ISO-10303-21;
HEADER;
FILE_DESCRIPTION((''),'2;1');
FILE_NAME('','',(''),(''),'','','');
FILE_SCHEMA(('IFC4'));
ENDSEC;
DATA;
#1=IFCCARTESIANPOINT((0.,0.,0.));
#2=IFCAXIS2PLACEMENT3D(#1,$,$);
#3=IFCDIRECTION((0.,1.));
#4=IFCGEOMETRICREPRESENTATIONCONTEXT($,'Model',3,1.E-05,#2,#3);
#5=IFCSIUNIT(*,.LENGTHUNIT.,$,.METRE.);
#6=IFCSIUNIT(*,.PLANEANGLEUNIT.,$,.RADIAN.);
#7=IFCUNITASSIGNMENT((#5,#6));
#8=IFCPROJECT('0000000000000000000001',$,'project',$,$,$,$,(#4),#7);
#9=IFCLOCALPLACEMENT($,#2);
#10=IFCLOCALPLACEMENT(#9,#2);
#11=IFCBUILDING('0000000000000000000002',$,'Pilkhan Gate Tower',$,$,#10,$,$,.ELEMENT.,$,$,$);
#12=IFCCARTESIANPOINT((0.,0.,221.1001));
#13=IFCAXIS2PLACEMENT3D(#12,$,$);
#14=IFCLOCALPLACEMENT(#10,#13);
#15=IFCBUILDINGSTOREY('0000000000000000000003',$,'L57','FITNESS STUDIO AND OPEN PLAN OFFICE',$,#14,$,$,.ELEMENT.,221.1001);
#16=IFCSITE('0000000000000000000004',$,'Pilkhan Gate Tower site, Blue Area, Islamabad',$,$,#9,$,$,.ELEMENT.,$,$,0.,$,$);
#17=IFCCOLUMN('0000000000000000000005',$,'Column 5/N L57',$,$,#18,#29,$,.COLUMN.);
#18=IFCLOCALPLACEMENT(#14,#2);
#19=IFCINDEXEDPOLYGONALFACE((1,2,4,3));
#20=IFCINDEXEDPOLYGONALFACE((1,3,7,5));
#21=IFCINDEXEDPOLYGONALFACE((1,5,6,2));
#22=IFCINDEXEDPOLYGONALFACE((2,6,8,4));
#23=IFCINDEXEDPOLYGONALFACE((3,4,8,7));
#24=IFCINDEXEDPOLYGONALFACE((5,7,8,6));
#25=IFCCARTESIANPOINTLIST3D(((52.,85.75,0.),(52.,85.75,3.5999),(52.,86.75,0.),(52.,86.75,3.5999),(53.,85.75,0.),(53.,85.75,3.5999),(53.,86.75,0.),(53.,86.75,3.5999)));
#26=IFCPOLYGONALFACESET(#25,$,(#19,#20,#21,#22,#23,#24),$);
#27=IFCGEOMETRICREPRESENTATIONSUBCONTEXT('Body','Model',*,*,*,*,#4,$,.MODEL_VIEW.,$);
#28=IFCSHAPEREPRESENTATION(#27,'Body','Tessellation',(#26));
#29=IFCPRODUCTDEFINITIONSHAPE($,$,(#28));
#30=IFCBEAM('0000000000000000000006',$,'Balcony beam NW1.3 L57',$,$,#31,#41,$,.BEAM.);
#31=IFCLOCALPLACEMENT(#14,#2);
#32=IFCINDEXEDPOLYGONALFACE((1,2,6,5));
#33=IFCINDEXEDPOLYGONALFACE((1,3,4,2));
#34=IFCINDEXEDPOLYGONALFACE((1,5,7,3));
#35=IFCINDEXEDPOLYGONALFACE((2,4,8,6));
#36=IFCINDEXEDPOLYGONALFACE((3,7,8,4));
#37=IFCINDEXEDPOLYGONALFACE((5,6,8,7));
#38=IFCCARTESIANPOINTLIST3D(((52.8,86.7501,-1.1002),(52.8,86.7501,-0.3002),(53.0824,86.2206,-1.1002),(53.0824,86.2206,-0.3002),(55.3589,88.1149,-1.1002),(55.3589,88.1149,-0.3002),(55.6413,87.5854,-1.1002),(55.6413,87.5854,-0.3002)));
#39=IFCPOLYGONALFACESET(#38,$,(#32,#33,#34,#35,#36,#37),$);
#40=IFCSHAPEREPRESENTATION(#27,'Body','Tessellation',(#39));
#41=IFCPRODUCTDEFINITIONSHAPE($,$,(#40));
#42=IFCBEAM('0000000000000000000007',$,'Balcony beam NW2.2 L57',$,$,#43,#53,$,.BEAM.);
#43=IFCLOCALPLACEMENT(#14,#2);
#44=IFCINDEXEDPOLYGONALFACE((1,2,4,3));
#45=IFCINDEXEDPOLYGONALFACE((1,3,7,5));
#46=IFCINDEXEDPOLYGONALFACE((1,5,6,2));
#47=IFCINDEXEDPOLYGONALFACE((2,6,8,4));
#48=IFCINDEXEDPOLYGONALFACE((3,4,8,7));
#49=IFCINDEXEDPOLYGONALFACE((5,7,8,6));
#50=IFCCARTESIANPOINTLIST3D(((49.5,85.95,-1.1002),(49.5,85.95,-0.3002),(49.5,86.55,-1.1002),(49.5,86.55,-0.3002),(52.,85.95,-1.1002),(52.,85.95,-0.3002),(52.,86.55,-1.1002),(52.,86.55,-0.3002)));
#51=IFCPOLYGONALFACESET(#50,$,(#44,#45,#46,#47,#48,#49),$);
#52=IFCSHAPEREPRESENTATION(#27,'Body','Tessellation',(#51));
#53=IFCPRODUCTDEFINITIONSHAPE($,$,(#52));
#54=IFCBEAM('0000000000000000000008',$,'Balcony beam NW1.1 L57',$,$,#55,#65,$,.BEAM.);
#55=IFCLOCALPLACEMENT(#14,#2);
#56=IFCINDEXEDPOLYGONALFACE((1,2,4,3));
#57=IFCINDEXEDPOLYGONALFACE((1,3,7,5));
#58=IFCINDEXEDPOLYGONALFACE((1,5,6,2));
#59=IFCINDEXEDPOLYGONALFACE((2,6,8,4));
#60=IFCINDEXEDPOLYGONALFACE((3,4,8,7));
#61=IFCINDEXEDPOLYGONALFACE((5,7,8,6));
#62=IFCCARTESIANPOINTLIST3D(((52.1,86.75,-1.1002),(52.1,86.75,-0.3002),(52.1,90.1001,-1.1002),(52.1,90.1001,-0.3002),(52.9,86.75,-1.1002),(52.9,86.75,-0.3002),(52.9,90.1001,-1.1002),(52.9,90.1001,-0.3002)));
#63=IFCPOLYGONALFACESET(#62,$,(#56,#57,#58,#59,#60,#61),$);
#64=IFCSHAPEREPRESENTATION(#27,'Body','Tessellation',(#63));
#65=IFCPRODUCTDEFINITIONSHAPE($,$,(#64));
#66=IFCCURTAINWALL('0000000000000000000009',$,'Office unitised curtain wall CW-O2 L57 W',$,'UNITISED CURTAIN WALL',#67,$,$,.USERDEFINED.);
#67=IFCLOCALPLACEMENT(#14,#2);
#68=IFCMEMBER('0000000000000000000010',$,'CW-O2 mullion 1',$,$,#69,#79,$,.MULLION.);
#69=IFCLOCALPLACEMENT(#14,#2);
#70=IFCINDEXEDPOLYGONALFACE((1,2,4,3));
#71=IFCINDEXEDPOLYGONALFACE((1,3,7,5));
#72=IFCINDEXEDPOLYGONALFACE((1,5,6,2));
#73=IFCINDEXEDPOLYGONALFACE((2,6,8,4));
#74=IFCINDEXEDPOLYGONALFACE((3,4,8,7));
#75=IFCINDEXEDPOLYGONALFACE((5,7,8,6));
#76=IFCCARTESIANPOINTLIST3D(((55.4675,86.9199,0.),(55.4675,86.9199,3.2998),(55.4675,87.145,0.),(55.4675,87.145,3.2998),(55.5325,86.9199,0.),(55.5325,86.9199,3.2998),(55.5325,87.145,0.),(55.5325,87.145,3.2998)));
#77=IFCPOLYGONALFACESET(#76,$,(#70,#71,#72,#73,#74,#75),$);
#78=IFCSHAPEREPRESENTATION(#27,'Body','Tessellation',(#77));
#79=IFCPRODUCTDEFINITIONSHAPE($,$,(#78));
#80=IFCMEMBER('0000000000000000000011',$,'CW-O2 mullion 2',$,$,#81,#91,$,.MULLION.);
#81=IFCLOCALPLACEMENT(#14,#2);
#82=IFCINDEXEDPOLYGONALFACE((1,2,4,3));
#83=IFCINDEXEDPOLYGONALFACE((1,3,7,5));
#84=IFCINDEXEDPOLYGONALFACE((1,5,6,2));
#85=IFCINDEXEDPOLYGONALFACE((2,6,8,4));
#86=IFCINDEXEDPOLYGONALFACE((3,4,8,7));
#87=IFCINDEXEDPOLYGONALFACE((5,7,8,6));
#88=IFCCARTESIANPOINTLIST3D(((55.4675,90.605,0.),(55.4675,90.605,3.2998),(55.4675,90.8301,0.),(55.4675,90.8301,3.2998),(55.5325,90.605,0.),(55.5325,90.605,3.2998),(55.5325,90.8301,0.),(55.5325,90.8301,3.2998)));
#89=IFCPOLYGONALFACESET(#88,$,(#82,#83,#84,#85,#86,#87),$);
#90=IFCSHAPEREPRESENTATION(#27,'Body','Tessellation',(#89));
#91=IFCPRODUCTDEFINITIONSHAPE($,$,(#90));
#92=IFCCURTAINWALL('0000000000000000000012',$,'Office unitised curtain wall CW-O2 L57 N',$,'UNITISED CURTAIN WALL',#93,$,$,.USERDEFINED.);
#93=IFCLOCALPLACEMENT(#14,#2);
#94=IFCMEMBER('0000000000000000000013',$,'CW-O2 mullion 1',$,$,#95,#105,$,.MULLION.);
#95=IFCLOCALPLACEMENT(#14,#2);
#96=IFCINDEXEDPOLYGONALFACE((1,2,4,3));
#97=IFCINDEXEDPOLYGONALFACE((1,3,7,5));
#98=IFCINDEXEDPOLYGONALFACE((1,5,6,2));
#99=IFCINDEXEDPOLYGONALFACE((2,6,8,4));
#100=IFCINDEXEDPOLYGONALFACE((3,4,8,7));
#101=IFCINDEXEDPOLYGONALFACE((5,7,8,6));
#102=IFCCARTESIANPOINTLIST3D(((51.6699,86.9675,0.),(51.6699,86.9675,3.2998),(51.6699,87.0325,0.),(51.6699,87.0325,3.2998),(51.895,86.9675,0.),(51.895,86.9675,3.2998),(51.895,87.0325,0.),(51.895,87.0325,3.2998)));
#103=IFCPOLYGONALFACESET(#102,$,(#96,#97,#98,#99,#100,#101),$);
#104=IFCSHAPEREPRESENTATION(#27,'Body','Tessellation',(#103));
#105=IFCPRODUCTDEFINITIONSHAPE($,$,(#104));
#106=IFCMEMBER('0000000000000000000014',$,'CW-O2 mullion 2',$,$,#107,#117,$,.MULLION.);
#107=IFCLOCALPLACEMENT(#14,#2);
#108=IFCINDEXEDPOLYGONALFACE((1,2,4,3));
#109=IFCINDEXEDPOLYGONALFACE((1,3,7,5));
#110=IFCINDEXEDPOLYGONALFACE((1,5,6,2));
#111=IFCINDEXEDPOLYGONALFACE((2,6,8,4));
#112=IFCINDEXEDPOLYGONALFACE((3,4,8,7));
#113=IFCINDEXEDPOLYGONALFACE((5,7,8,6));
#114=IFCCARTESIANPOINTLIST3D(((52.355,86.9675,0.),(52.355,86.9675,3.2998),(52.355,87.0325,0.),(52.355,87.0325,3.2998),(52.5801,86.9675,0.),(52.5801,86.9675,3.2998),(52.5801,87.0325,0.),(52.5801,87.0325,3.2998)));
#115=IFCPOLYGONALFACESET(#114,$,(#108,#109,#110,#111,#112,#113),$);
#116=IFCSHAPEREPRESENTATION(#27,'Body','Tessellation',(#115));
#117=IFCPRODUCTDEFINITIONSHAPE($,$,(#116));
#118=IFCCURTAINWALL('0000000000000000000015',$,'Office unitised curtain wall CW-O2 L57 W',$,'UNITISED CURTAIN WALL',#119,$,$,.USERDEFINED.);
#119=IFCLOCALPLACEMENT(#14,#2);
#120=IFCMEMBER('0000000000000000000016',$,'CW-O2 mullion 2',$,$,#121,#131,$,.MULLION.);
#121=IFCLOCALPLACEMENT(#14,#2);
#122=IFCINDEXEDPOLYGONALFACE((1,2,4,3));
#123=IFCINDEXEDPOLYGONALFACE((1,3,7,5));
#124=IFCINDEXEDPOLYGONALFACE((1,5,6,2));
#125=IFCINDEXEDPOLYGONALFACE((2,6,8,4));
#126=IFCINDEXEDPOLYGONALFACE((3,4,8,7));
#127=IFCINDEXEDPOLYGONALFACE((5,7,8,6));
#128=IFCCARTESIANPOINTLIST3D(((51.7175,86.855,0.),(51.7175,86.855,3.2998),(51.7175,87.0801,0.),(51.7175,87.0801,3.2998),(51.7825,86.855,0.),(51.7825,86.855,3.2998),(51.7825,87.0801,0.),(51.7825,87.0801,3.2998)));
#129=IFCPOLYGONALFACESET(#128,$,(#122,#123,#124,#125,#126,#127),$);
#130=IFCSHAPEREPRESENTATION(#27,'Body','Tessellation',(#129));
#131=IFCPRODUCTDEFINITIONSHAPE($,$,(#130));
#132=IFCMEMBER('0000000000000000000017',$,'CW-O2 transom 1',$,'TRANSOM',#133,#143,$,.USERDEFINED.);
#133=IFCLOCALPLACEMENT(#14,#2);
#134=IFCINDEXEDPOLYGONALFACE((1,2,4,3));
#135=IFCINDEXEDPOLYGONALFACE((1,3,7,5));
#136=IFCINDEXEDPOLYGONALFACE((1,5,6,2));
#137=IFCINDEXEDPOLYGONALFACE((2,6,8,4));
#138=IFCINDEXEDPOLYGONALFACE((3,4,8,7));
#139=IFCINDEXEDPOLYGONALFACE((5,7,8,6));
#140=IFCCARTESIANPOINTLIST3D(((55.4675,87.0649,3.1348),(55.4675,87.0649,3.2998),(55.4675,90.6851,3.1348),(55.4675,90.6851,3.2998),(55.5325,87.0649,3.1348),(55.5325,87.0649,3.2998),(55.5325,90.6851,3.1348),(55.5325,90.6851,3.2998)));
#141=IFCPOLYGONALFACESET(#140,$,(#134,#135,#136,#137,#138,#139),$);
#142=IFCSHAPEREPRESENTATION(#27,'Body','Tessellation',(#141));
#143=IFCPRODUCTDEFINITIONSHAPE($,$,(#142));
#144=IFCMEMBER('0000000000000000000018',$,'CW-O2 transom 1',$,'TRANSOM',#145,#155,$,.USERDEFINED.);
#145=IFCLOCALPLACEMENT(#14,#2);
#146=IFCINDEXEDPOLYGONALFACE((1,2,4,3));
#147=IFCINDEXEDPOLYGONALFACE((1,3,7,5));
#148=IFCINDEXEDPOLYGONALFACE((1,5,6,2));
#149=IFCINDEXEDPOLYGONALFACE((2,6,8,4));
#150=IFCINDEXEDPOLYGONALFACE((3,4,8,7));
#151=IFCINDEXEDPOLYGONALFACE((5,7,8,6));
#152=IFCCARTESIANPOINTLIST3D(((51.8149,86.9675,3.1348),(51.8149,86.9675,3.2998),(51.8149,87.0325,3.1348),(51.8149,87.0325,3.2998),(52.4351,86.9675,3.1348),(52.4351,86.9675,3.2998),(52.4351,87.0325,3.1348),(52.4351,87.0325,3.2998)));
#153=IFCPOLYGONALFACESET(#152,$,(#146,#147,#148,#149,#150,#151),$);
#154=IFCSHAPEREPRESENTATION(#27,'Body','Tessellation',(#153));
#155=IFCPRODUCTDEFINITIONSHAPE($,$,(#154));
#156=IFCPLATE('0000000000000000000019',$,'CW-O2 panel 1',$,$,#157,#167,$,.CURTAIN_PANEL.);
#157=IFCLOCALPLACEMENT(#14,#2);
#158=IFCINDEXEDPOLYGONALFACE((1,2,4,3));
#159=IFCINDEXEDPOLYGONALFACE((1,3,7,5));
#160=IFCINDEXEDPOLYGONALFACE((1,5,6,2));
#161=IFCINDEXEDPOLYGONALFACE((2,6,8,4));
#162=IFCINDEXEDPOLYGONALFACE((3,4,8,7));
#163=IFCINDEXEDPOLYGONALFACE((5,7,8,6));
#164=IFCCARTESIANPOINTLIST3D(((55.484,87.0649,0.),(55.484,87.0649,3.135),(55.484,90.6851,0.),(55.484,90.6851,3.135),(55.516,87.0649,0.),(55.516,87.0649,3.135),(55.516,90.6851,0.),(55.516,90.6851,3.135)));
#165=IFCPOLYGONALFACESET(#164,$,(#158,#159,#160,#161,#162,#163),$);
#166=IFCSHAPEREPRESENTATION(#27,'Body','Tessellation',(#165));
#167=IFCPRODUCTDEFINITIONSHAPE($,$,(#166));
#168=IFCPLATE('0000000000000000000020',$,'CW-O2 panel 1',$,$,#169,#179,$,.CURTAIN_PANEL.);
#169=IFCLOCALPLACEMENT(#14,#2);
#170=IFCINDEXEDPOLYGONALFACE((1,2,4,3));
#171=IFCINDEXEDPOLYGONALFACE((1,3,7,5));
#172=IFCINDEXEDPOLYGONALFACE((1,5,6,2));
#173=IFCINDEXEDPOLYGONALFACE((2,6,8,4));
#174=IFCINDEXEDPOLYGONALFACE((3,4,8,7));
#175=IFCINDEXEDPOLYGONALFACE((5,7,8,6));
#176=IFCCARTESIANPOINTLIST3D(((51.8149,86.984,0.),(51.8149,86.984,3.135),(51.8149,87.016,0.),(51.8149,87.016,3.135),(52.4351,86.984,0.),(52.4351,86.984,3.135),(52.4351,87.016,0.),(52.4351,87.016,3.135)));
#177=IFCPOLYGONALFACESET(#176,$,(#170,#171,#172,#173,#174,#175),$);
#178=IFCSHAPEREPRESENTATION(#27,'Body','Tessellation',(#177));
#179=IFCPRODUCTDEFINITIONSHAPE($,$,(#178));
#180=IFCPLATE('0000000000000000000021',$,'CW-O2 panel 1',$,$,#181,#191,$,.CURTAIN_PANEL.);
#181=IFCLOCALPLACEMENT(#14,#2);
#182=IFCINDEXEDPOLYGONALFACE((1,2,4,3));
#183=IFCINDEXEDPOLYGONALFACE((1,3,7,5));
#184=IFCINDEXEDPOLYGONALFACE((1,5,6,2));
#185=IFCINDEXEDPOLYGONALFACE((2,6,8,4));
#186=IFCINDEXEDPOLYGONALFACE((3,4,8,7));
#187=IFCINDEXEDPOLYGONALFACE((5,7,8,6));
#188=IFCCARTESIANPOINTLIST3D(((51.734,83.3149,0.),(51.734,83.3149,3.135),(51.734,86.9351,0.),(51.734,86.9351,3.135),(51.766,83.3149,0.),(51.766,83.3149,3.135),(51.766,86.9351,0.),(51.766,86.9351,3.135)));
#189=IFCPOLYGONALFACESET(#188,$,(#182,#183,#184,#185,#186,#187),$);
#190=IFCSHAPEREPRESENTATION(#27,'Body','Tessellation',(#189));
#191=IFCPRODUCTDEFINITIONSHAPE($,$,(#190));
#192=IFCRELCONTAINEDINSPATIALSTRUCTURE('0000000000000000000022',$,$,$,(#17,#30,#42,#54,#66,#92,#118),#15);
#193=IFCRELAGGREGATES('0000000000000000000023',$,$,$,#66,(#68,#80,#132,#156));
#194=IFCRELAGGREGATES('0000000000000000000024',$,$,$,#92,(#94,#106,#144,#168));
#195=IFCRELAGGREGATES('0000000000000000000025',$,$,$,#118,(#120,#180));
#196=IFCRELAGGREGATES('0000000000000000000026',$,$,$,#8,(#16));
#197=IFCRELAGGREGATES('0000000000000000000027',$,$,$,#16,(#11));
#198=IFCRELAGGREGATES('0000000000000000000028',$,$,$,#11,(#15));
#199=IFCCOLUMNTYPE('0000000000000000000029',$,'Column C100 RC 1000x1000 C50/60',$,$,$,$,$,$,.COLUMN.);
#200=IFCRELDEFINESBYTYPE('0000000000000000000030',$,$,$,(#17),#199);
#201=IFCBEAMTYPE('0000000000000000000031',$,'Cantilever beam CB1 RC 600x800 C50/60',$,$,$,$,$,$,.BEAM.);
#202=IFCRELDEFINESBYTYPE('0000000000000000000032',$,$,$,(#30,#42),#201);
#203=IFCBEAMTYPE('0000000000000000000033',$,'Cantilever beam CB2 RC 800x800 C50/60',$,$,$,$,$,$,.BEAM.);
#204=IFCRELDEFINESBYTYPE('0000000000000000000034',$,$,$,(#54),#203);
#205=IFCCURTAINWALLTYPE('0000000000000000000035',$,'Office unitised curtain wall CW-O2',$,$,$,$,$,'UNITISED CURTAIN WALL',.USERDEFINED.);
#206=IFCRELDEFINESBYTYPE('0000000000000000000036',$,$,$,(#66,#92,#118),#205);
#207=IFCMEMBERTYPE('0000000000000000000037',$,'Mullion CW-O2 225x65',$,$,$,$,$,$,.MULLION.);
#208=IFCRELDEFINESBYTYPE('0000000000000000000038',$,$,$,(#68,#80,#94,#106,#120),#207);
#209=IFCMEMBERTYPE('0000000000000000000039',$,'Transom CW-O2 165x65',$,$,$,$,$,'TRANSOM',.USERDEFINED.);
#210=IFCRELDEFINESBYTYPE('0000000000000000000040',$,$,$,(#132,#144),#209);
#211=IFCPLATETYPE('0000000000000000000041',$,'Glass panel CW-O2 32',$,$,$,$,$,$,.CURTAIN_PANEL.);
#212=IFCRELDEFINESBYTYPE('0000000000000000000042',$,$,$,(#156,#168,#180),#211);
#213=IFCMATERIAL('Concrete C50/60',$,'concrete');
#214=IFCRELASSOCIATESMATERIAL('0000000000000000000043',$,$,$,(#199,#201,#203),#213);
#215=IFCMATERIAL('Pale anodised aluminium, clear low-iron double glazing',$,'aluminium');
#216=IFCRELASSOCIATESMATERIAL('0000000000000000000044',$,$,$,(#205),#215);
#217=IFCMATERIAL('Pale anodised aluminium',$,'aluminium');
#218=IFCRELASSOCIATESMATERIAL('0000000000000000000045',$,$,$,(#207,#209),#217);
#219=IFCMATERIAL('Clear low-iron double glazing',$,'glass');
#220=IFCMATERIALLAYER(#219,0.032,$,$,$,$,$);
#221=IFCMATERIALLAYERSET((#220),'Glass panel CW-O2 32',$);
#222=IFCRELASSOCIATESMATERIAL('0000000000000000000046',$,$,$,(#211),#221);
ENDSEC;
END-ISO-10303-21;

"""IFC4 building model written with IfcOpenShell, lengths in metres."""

from ifc_helpers import new_model, si_unit, direction, frame, origin, origin_2d, place, context, subcontext, project, spatial, rectangle, extrude, material, layer, layer_set, material_profile, profile_set, type_object, element, aggregate, save


model = new_model("IFC4")

# Units and contexts
model_context = context("Model", 3, precision=1e-05, world=origin(), true_north=direction((0.0, 1.0)))
body_context = subcontext(model_context, "Body", "Model", "MODEL_VIEW")
ifc_project = project(units=[si_unit("LENGTHUNIT", "METRE"), si_unit("PLANEANGLEUNIT", "RADIAN")], contexts=[model_context])

# Site, building, storey
site_placement = place(None, origin())
site = spatial("IfcSite", under=ifc_project, at=site_placement, Name="Pilkhan Gate Tower site, Blue Area, Islamabad", CompositionType="ELEMENT", RefElevation=0.0)
building_placement = place(site_placement, origin())
building = spatial("IfcBuilding", under=site, at=building_placement, Name="Pilkhan Gate Tower", CompositionType="ELEMENT")
storey_placement = place(building_placement, frame((0.0, 0.0, 221.1001)))
storey = spatial("IfcBuildingStorey", under=building, at=storey_placement, Name="L57", Description="FITNESS STUDIO AND OPEN PLAN OFFICE", CompositionType="ELEMENT", Elevation=221.1001)

# Column
ifc_material_1 = material(Name="Concrete C50/60", Category="concrete")
ifc_material_profile_1 = material_profile(ifc_material_1, rectangle(XDim=1.0, YDim=1.0, at=origin_2d()), Name="RC 1000x1000")
ifc_profile_set_1 = profile_set([ifc_material_profile_1], Name="Concrete C50/60")
column_type = type_object("IfcColumnType", Name="Column C100 RC 1000x1000 C50/60", PredefinedType="COLUMN", material=ifc_profile_set_1)
column_placement = place(storey_placement, frame((52.5, 86.25, 0.0), z_axis=(0.0, 0.0, 1.0), x_axis=(1.0, 0.0, 0.0)))
element("IfcColumn", 1, at=column_placement, inside=storey, type_object=column_type, Name="Column 5/N L57", PredefinedType="COLUMN", context=body_context, shape_type="SweptSolid", body=[
    extrude(rectangle(XDim=1.0, YDim=1.0, at=origin_2d()), origin(), (0.0, 0.0, 1.0), 3.5999),
])

# Beams
ifc_material_profile_2 = material_profile(ifc_material_1, rectangle(XDim=0.6001, YDim=0.8, at=origin_2d()), Name="RC 600x800")
ifc_profile_set_2 = profile_set([ifc_material_profile_2], Name="Concrete C50/60")
beam_type_1 = type_object("IfcBeamType", Name="Cantilever beam CB1 RC 600x800 C50/60", PredefinedType="BEAM", material=ifc_profile_set_2)
beam_1_placement = place(storey_placement, frame((52.9412, 86.4854, -0.7002), z_axis=(0.882348, 0.470597, 0.0), x_axis=(-0.470597, 0.882348, 0.0)))
element("IfcBeam", 2, at=beam_1_placement, inside=storey, type_object=beam_type_1, Name="Balcony beam NW1.3 L57", PredefinedType="BEAM", context=body_context, shape_type="SweptSolid", body=[
    extrude(rectangle(XDim=0.6001, YDim=0.8, at=origin_2d()), origin(), (0.0, 0.0, 1.0), 2.9001),
])
beam_2_placement = place(storey_placement, frame((52.0, 86.25, -0.7002), z_axis=(-1.0, 0.0, 0.0), x_axis=(0.0, -1.0, 0.0)))
element("IfcBeam", 3, at=beam_2_placement, inside=storey, type_object=beam_type_1, Name="Balcony beam NW2.2 L57", PredefinedType="BEAM", context=body_context, shape_type="SweptSolid", body=[
    extrude(rectangle(XDim=0.6001, YDim=0.8, at=origin_2d()), origin(), (0.0, 0.0, 1.0), 2.5),
])
ifc_material_profile_3 = material_profile(ifc_material_1, rectangle(XDim=0.8, YDim=0.8, at=origin_2d()), Name="RC 800x800")
ifc_profile_set_3 = profile_set([ifc_material_profile_3], Name="Concrete C50/60")
beam_type_2 = type_object("IfcBeamType", Name="Cantilever beam CB2 RC 800x800 C50/60", PredefinedType="BEAM", material=ifc_profile_set_3)
beam_3_placement = place(storey_placement, frame((52.5, 86.75, -0.7002), z_axis=(0.0, 1.0, 0.0), x_axis=(-1.0, 0.0, 0.0)))
element("IfcBeam", 4, at=beam_3_placement, inside=storey, type_object=beam_type_2, Name="Balcony beam NW1.1 L57", PredefinedType="BEAM", context=body_context, shape_type="SweptSolid", body=[
    extrude(rectangle(XDim=0.8, YDim=0.8, at=origin_2d()), origin(), (0.0, 0.0, 1.0), 3.3501),
])

# Curtain walls, members
ifc_material_2 = material(Name="Pale anodised aluminium, clear low-iron double glazing", Category="aluminium")
curtain_wall_type = type_object("IfcCurtainWallType", Name="Office unitised curtain wall CW-O2", ElementType="UNITISED CURTAIN WALL", PredefinedType="USERDEFINED", material=ifc_material_2)
curtain_wall_1_placement = place(storey_placement, origin())
curtain_wall_1 = element("IfcCurtainWall", 5, at=curtain_wall_1_placement, inside=storey, type_object=curtain_wall_type, Name="Office unitised curtain wall CW-O2 L57 W", ObjectType="UNITISED CURTAIN WALL", PredefinedType="USERDEFINED")
ifc_material_3 = material(Name="Pale anodised aluminium", Category="aluminium")
ifc_material_profile_4 = material_profile(ifc_material_3, rectangle(XDim=0.0649, YDim=0.2251, at=origin_2d()), Name="Mullion 225x65")
ifc_profile_set_4 = profile_set([ifc_material_profile_4], Name="Pale anodised aluminium")
member_type_1 = type_object("IfcMemberType", Name="Mullion CW-O2 225x65", PredefinedType="MULLION", material=ifc_profile_set_4)
member_1_placement = place(storey_placement, frame((55.5, 87.0325, 0.0), z_axis=(0.0, 0.0, 1.0), x_axis=(-1.0, 0.0, 0.0)))
member_1 = element("IfcMember", 6, at=member_1_placement, type_object=member_type_1, Name="CW-O2 mullion 1", PredefinedType="MULLION", context=body_context, shape_type="SweptSolid", body=[
    extrude(rectangle(XDim=0.0649, YDim=0.2251, at=origin_2d()), origin(), (0.0, 0.0, 1.0), 3.2998),
])
member_2_placement = place(storey_placement, frame((55.5, 90.7175, 0.0), z_axis=(0.0, 0.0, 1.0), x_axis=(-1.0, 0.0, 0.0)))
member_2 = element("IfcMember", 7, at=member_2_placement, type_object=member_type_1, Name="CW-O2 mullion 2", PredefinedType="MULLION", context=body_context, shape_type="SweptSolid", body=[
    extrude(rectangle(XDim=0.0649, YDim=0.2251, at=origin_2d()), origin(), (0.0, 0.0, 1.0), 3.2998),
])
curtain_wall_2_placement = place(storey_placement, origin())
curtain_wall_2 = element("IfcCurtainWall", 8, at=curtain_wall_2_placement, inside=storey, type_object=curtain_wall_type, Name="Office unitised curtain wall CW-O2 L57 N", ObjectType="UNITISED CURTAIN WALL", PredefinedType="USERDEFINED")
member_3_placement = place(storey_placement, frame((51.7825, 87.0, 0.0), z_axis=(0.0, 0.0, 1.0), x_axis=(0.0, 1.0, 0.0)))
member_3 = element("IfcMember", 9, at=member_3_placement, type_object=member_type_1, Name="CW-O2 mullion 1", PredefinedType="MULLION", context=body_context, shape_type="SweptSolid", body=[
    extrude(rectangle(XDim=0.0649, YDim=0.2251, at=origin_2d()), origin(), (0.0, 0.0, 1.0), 3.2998),
])
member_4_placement = place(storey_placement, frame((52.4675, 87.0, 0.0), z_axis=(0.0, 0.0, 1.0), x_axis=(0.0, 1.0, 0.0)))
member_4 = element("IfcMember", 10, at=member_4_placement, type_object=member_type_1, Name="CW-O2 mullion 2", PredefinedType="MULLION", context=body_context, shape_type="SweptSolid", body=[
    extrude(rectangle(XDim=0.0649, YDim=0.2251, at=origin_2d()), origin(), (0.0, 0.0, 1.0), 3.2998),
])

# Curtain wall, member
curtain_wall_3_placement = place(storey_placement, origin())
curtain_wall_3 = element("IfcCurtainWall", 11, at=curtain_wall_3_placement, inside=storey, type_object=curtain_wall_type, Name="Office unitised curtain wall CW-O2 L57 W", ObjectType="UNITISED CURTAIN WALL", PredefinedType="USERDEFINED")
member_5_placement = place(storey_placement, frame((51.75, 86.9675, 0.0), z_axis=(0.0, 0.0, 1.0), x_axis=(-1.0, 0.0, 0.0)))
member_5 = element("IfcMember", 12, at=member_5_placement, type_object=member_type_1, Name="CW-O2 mullion 2", PredefinedType="MULLION", context=body_context, shape_type="SweptSolid", body=[
    extrude(rectangle(XDim=0.0649, YDim=0.2251, at=origin_2d()), origin(), (0.0, 0.0, 1.0), 3.2998),
])

# Members
ifc_material_profile_5 = material_profile(ifc_material_3, rectangle(XDim=0.0649, YDim=0.165, at=origin_2d()), Name="Transom 165x65")
ifc_profile_set_5 = profile_set([ifc_material_profile_5], Name="Pale anodised aluminium")
member_type_2 = type_object("IfcMemberType", Name="Transom CW-O2 165x65", ElementType="TRANSOM", PredefinedType="USERDEFINED", material=ifc_profile_set_5)
member_6_placement = place(storey_placement, frame((55.5, 87.0649, 3.2173), z_axis=(0.0, 1.0, 0.0), x_axis=(-1.0, 0.0, 0.0)))
member_6 = element("IfcMember", 13, at=member_6_placement, type_object=member_type_2, Name="CW-O2 transom 1", ObjectType="TRANSOM", PredefinedType="USERDEFINED", context=body_context, shape_type="SweptSolid", body=[
    extrude(rectangle(XDim=0.0649, YDim=0.165, at=origin_2d()), origin(), (0.0, 0.0, 1.0), 3.6201),
])
member_7_placement = place(storey_placement, frame((51.8149, 87.0, 3.2173), z_axis=(1.0, 0.0, 0.0), x_axis=(0.0, 1.0, 0.0)))
member_7 = element("IfcMember", 14, at=member_7_placement, type_object=member_type_2, Name="CW-O2 transom 1", ObjectType="TRANSOM", PredefinedType="USERDEFINED", context=body_context, shape_type="SweptSolid", body=[
    extrude(rectangle(XDim=0.0649, YDim=0.165, at=origin_2d()), origin(), (0.0, 0.0, 1.0), 0.6201),
])

# Plates
ifc_material_4 = material(Name="Clear low-iron double glazing", Category="glass")
ifc_layer_1 = layer(ifc_material_4, 0.032)
ifc_layer_set_1 = layer_set([ifc_layer_1], Name="Glass panel CW-O2 32")
plate_type = type_object("IfcPlateType", Name="Glass panel CW-O2 32", PredefinedType="CURTAIN_PANEL", material=ifc_layer_set_1)
plate_1_placement = place(storey_placement, frame((55.5, 88.875, 0.0), z_axis=(0.0, 0.0, 1.0), x_axis=(0.0, 1.0, 0.0)))
plate_1 = element("IfcPlate", 15, at=plate_1_placement, type_object=plate_type, Name="CW-O2 panel 1", PredefinedType="CURTAIN_PANEL", context=body_context, shape_type="SweptSolid", body=[
    extrude(rectangle(XDim=3.6201, YDim=0.032, at=origin_2d()), origin(), (0.0, 0.0, 1.0), 3.135),
])
aggregate(curtain_wall_1, [member_1, member_2, member_6, plate_1])
plate_2_placement = place(storey_placement, frame((52.125, 87.0, 0.0), z_axis=(0.0, 0.0, 1.0), x_axis=(1.0, 0.0, 0.0)))
plate_2 = element("IfcPlate", 16, at=plate_2_placement, type_object=plate_type, Name="CW-O2 panel 1", PredefinedType="CURTAIN_PANEL", context=body_context, shape_type="SweptSolid", body=[
    extrude(rectangle(XDim=0.6201, YDim=0.032, at=origin_2d()), origin(), (0.0, 0.0, 1.0), 3.135),
])
aggregate(curtain_wall_2, [member_3, member_4, member_7, plate_2])
plate_3_placement = place(storey_placement, frame((51.75, 85.125, 0.0), z_axis=(0.0, 0.0, 1.0), x_axis=(0.0, 1.0, 0.0)))
plate_3 = element("IfcPlate", 17, at=plate_3_placement, type_object=plate_type, Name="CW-O2 panel 1", PredefinedType="CURTAIN_PANEL", context=body_context, shape_type="SweptSolid", body=[
    extrude(rectangle(XDim=3.6201, YDim=0.032, at=origin_2d()), origin(), (0.0, 0.0, 1.0), 3.135),
])
aggregate(curtain_wall_3, [member_5, plate_3])

save(model, "model.ifc")
